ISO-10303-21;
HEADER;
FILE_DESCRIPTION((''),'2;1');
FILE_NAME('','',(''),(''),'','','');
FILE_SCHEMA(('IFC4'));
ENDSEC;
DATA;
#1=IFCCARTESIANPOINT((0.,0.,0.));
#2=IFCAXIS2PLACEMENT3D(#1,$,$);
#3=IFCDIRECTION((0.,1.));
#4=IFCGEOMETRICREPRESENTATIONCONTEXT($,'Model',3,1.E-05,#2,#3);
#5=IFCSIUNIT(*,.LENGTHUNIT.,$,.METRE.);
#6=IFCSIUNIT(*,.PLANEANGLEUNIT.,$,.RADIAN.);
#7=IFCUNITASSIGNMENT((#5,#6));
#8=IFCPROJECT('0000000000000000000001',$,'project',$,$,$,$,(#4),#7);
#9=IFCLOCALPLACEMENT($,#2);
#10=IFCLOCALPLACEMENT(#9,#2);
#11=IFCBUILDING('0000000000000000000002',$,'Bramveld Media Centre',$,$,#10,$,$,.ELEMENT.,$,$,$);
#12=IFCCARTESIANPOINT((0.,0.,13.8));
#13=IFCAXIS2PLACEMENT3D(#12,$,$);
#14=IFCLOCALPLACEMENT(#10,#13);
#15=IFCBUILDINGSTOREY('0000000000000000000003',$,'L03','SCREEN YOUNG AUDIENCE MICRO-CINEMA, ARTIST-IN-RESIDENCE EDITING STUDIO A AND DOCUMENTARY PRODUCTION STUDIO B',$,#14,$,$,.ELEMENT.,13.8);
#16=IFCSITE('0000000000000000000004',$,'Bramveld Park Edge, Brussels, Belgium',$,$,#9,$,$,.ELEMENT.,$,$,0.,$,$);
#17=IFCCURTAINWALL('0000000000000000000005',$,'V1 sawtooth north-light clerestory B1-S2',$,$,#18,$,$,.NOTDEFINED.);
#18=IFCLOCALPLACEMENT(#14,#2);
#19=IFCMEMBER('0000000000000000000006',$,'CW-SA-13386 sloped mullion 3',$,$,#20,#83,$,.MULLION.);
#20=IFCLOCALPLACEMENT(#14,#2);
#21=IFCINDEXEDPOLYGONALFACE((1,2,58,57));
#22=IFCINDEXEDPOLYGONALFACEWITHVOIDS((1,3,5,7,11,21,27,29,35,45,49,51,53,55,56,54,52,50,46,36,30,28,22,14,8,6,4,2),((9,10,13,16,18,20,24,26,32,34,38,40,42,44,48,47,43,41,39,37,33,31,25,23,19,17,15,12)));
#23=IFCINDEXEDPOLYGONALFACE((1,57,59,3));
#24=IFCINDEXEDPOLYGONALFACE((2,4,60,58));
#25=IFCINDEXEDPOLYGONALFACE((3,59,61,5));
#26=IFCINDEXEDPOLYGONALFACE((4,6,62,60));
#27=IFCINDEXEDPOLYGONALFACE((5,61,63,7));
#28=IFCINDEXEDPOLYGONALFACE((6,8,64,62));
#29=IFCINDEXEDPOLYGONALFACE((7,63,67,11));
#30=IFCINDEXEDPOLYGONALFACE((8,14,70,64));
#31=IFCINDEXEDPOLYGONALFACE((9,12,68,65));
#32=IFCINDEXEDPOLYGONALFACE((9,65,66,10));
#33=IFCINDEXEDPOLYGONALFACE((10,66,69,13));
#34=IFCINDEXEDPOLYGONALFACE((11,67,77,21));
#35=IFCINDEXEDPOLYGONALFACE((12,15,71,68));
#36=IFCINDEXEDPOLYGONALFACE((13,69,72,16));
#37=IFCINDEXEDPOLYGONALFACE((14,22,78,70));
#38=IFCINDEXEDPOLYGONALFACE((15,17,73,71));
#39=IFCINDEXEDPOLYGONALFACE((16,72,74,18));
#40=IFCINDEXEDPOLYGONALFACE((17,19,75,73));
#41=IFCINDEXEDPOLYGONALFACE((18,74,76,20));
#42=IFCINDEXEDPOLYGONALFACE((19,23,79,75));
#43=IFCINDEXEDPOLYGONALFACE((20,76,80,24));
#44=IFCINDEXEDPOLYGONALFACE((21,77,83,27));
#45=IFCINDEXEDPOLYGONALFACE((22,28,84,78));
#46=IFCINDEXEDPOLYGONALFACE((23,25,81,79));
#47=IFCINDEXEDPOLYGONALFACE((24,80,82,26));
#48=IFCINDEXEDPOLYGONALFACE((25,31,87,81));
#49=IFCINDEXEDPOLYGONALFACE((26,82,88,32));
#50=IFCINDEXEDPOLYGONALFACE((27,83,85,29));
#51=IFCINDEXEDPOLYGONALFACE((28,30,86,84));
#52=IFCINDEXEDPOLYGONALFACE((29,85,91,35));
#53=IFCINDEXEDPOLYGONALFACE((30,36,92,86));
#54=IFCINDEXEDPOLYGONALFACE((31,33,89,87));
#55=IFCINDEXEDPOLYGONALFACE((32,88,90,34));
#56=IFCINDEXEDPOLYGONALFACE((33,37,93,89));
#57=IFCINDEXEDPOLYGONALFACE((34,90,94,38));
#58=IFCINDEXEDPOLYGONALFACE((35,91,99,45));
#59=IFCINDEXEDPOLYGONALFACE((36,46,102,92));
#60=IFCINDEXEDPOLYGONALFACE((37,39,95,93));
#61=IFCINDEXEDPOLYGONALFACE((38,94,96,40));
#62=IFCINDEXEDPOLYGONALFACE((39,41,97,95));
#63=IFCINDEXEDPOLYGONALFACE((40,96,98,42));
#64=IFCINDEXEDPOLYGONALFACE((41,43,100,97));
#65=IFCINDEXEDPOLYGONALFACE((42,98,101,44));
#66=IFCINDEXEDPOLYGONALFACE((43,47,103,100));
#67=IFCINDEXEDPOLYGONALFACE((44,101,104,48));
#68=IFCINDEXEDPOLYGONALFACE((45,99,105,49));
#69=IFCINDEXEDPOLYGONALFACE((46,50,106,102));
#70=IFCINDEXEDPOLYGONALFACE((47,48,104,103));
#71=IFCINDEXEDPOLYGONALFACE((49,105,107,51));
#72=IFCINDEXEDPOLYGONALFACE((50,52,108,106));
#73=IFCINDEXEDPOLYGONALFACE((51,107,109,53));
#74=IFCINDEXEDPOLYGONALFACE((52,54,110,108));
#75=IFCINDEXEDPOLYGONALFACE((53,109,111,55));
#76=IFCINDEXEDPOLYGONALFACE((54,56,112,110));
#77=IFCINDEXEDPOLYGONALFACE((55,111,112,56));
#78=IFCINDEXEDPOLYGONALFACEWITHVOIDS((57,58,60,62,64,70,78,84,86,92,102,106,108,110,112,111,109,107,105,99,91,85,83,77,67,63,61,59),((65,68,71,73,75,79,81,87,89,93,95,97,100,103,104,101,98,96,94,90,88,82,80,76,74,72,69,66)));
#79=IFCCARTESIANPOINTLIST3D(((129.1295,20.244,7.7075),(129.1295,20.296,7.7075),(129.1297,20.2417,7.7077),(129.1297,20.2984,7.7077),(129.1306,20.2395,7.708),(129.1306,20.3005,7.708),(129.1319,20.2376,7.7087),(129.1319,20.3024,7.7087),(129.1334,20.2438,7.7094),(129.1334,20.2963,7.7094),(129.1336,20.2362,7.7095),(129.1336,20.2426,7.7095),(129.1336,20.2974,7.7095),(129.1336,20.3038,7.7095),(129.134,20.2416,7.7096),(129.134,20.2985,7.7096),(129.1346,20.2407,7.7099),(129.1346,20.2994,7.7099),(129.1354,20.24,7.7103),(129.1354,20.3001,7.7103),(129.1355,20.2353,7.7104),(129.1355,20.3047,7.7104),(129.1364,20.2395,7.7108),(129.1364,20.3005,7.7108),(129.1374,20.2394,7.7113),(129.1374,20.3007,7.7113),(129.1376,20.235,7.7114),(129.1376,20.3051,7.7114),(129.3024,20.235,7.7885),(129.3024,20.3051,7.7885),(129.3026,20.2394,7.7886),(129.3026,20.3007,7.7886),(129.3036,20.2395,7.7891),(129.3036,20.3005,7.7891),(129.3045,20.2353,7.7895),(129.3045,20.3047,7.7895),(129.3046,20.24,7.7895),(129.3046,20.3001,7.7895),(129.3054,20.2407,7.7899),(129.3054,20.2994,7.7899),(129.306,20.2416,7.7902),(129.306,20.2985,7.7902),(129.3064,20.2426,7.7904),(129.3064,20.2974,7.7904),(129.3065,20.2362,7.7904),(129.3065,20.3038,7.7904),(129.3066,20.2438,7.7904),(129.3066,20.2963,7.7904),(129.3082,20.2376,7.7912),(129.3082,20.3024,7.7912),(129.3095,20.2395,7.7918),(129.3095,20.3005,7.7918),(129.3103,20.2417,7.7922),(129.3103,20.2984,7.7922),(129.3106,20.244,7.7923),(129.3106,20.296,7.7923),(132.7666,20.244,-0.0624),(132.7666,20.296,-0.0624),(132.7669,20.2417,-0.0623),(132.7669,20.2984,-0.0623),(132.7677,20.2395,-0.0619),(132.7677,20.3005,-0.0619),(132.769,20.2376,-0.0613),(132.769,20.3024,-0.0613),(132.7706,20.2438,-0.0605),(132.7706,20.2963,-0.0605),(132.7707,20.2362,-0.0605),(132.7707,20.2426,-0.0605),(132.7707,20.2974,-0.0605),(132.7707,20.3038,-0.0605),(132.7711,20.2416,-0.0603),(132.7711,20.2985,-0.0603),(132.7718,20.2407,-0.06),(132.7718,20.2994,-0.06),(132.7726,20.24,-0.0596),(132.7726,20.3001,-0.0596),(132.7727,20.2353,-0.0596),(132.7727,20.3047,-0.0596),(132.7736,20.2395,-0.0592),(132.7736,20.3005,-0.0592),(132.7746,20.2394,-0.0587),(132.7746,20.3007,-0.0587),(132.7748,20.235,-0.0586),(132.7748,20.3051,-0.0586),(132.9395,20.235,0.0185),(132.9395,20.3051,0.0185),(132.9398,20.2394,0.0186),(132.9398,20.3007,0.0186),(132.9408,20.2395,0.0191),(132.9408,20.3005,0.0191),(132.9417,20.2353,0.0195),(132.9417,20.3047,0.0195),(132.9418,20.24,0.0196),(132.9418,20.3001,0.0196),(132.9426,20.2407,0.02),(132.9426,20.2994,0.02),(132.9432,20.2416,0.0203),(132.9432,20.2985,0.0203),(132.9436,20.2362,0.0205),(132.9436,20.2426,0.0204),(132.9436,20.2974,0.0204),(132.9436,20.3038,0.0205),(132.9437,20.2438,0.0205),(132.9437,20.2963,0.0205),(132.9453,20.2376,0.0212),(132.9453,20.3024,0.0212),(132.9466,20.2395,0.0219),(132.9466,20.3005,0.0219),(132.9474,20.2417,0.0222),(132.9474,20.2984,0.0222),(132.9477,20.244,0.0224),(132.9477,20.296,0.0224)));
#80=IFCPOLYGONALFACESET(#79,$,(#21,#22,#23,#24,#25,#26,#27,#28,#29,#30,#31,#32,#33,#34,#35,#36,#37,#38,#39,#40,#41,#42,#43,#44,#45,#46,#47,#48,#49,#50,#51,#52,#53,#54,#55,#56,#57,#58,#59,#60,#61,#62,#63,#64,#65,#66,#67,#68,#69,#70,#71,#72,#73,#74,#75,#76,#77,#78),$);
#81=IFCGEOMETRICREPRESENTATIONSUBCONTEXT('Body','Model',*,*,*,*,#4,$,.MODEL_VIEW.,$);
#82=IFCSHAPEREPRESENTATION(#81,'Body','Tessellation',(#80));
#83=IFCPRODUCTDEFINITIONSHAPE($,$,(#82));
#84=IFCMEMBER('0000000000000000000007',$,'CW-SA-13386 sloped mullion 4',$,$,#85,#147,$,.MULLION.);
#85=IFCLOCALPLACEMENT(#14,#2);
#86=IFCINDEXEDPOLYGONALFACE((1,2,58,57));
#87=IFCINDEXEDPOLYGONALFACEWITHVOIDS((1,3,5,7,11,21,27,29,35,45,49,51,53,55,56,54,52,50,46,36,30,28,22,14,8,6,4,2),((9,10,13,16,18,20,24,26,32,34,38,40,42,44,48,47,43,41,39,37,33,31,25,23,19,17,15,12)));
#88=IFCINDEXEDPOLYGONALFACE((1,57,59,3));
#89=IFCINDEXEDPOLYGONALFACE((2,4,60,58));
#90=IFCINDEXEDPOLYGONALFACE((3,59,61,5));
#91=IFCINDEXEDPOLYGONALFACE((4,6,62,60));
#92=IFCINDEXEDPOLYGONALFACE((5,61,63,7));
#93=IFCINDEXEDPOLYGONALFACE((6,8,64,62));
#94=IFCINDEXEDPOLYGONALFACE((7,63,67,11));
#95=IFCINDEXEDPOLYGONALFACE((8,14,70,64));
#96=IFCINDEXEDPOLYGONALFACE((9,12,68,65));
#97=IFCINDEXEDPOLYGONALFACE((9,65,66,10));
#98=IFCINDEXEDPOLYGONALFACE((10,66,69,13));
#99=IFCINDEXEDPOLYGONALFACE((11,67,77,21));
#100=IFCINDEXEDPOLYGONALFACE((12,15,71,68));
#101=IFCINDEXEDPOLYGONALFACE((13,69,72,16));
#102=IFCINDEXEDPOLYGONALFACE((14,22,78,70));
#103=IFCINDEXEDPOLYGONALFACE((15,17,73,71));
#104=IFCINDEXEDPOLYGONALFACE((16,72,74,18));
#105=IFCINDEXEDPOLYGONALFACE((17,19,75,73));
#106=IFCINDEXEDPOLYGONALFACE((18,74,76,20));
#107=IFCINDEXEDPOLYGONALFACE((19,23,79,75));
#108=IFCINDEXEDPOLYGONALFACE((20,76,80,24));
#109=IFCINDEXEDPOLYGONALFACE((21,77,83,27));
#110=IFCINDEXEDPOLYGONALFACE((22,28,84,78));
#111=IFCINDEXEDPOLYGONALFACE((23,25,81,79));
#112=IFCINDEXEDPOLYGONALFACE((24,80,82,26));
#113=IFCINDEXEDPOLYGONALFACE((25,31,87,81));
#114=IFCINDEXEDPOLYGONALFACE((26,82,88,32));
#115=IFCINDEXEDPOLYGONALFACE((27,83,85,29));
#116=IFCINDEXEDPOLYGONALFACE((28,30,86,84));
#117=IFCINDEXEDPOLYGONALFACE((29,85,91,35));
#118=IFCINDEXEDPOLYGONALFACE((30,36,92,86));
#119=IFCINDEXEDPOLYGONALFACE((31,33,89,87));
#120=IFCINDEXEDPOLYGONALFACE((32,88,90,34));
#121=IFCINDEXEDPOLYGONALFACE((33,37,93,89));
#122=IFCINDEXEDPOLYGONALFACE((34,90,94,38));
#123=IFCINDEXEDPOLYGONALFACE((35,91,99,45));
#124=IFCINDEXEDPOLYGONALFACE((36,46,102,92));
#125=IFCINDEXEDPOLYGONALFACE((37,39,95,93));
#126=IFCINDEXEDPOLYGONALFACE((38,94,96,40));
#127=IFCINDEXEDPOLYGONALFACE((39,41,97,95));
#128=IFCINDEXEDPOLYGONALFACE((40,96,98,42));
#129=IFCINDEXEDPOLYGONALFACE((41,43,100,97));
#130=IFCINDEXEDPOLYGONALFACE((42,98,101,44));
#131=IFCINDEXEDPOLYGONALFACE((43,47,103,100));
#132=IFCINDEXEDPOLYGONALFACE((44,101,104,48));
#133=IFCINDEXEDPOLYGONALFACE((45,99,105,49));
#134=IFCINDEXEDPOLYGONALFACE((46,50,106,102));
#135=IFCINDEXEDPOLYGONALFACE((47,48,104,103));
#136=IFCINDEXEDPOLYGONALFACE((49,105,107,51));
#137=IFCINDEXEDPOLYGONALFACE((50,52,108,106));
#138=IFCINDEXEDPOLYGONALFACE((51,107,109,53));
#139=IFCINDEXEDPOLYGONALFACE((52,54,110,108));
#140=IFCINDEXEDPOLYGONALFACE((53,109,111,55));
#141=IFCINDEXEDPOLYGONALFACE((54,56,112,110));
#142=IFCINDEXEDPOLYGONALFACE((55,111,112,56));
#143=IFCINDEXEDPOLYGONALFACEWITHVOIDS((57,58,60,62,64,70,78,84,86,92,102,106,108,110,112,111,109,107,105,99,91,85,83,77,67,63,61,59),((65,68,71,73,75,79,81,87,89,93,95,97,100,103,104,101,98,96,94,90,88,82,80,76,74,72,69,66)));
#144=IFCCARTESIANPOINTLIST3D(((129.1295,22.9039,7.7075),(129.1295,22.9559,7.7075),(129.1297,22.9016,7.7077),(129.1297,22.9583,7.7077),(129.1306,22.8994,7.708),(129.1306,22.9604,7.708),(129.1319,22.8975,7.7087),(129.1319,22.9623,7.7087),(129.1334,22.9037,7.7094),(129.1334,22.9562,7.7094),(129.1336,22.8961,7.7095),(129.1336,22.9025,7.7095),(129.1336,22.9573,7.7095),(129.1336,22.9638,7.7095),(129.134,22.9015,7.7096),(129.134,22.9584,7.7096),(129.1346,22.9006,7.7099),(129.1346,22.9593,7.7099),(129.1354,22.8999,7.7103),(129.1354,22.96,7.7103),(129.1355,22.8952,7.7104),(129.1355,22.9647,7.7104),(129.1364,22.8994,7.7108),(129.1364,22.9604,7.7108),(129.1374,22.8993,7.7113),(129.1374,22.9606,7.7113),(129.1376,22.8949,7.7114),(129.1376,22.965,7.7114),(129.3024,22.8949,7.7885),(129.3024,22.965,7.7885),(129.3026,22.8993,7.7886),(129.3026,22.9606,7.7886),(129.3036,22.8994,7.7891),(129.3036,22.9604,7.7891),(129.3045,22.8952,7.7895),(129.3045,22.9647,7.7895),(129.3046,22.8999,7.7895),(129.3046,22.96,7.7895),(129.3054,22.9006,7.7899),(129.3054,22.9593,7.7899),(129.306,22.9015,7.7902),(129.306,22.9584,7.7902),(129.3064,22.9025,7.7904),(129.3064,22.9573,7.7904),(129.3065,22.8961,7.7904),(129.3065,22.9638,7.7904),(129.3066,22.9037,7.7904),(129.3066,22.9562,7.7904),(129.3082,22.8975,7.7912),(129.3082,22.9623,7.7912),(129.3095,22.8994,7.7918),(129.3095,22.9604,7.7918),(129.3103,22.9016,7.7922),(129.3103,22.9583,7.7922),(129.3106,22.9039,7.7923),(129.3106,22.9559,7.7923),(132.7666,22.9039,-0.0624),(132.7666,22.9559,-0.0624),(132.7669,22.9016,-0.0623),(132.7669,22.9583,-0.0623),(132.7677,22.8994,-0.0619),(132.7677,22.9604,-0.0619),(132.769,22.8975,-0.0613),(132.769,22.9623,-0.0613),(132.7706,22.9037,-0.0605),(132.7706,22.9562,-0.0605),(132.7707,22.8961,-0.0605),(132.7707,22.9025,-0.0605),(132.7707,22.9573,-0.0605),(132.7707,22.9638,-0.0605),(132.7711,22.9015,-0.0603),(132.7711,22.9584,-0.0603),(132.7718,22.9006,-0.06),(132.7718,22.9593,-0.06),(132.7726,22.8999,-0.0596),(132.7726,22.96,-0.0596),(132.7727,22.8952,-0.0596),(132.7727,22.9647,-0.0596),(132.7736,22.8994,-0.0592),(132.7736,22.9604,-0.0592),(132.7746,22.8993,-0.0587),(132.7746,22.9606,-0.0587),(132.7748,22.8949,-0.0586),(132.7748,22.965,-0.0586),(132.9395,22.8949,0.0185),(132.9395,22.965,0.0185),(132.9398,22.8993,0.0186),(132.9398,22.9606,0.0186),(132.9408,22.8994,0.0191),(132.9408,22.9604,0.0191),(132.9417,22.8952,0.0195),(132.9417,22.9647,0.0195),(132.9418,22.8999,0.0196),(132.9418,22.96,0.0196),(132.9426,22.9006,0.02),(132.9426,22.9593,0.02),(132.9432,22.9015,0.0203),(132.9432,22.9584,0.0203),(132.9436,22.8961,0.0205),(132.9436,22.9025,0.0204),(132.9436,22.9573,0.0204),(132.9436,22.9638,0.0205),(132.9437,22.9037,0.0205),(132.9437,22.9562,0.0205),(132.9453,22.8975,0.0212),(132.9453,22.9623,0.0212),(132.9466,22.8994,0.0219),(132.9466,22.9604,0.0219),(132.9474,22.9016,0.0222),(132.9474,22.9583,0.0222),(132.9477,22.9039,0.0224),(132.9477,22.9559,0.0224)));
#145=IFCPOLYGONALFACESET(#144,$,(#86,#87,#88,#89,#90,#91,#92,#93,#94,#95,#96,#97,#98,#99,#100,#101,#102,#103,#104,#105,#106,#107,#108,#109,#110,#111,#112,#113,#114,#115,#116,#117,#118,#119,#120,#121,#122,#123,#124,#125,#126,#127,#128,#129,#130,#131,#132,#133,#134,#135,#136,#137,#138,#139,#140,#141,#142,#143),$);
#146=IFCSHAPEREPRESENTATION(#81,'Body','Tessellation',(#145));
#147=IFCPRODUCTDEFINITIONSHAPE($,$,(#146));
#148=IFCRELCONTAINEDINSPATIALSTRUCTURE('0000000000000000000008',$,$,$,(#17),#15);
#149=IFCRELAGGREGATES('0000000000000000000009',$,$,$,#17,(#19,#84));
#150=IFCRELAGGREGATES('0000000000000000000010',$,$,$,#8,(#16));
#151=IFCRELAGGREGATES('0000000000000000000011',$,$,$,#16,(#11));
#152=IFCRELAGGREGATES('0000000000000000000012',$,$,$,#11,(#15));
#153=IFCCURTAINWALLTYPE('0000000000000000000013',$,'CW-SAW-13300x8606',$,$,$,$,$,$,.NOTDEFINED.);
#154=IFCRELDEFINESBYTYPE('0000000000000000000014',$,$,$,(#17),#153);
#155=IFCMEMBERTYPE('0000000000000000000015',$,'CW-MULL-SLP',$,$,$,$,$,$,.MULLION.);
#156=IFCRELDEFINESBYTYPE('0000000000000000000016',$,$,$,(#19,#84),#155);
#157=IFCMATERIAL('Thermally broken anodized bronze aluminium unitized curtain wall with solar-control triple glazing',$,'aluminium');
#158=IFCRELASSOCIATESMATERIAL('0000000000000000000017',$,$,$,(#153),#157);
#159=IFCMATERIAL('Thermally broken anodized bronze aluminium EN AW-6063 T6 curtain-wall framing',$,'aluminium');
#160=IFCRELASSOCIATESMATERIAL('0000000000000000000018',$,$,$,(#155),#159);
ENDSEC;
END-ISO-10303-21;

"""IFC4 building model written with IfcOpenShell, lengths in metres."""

from ifc_helpers import new_model, si_unit, direction, frame, origin, origin_2d, place, context, subcontext, project, spatial, hollow_rectangle, extrude, material, material_profile, profile_set, type_object, element, aggregate, save


model = new_model("IFC4")

# Units and contexts
model_context = context("Model", 3, precision=1e-05, world=origin(), true_north=direction((0.0, 1.0)))
body_context = subcontext(model_context, "Body", "Model", "MODEL_VIEW")
ifc_project = project(units=[si_unit("LENGTHUNIT", "METRE"), si_unit("PLANEANGLEUNIT", "RADIAN")], contexts=[model_context])

# Site, building, storey
site_placement = place(None, origin())
site = spatial("IfcSite", under=ifc_project, at=site_placement, Name="Bramveld Park Edge, Brussels, Belgium", CompositionType="ELEMENT", RefElevation=0.0)
building_placement = place(site_placement, origin())
building = spatial("IfcBuilding", under=site, at=building_placement, Name="Bramveld Media Centre", CompositionType="ELEMENT")
storey_placement = place(building_placement, frame((0.0, 0.0, 13.8)))
storey = spatial("IfcBuildingStorey", under=building, at=storey_placement, Name="L03", Description="SCREEN YOUNG AUDIENCE MICRO-CINEMA, ARTIST-IN-RESIDENCE EDITING STUDIO A AND DOCUMENTARY PRODUCTION STUDIO B", CompositionType="ELEMENT", Elevation=13.8)

# Curtain wall, members
ifc_material_1 = material(Name="Thermally broken anodized bronze aluminium unitized curtain wall with solar-control triple glazing", Category="aluminium")
curtain_wall_type = type_object("IfcCurtainWallType", Name="CW-SAW-13300x8606", PredefinedType="NOTDEFINED", material=ifc_material_1)
curtain_wall_1_placement = place(storey_placement, origin())
curtain_wall_1 = element("IfcCurtainWall", 1, at=curtain_wall_1_placement, inside=storey, type_object=curtain_wall_type, Name="V1 sawtooth north-light clerestory B1-S2", PredefinedType="NOTDEFINED")
ifc_material_2 = material(Name="Thermally broken anodized bronze aluminium EN AW-6063 T6 curtain-wall framing", Category="aluminium")
ifc_material_profile_1 = material_profile(ifc_material_2, hollow_rectangle(XDim=0.0701, YDim=0.2, WallThickness=0.0044, InnerFilletRadius=0.0044, OuterFilletRadius=0.009, at=origin_2d()), Name="AL-MULL 70x200")
ifc_profile_set_1 = profile_set([ifc_material_profile_1], Name="Thermally broken anodized bronze aluminium EN AW-6063 T6 curtain-wall framing")
member_type_1 = type_object("IfcMemberType", Name="CW-MULL-SLP", PredefinedType="MULLION", material=ifc_profile_set_1)
member_1_placement = place(storey_placement, frame((132.8572, 20.27, -0.02), z_axis=(-0.423957, 0.0, 0.905682), x_axis=(0.0, -1.0, 0.0)))
member_1 = element("IfcMember", 2, at=member_1_placement, type_object=member_type_1, Name="CW-SA-13386 sloped mullion 3", PredefinedType="MULLION", context=body_context, shape_type="SweptSolid", body=[
    extrude(hollow_rectangle(XDim=0.0701, YDim=0.2, WallThickness=0.0044, InnerFilletRadius=0.0044, OuterFilletRadius=0.009, at=origin_2d()), origin(), (0.0, 0.0, 1.0), 8.5791),
])
member_2_placement = place(storey_placement, frame((132.8572, 22.9299, -0.02), z_axis=(-0.423957, 0.0, 0.905682), x_axis=(0.0, -1.0, 0.0)))
member_2 = element("IfcMember", 3, at=member_2_placement, type_object=member_type_1, Name="CW-SA-13386 sloped mullion 4", PredefinedType="MULLION", context=body_context, shape_type="SweptSolid", body=[
    extrude(hollow_rectangle(XDim=0.0701, YDim=0.2, WallThickness=0.0044, InnerFilletRadius=0.0044, OuterFilletRadius=0.009, at=origin_2d()), origin(), (0.0, 0.0, 1.0), 8.5791),
])
aggregate(curtain_wall_1, [member_1, member_2])

save(model, "model.ifc")
